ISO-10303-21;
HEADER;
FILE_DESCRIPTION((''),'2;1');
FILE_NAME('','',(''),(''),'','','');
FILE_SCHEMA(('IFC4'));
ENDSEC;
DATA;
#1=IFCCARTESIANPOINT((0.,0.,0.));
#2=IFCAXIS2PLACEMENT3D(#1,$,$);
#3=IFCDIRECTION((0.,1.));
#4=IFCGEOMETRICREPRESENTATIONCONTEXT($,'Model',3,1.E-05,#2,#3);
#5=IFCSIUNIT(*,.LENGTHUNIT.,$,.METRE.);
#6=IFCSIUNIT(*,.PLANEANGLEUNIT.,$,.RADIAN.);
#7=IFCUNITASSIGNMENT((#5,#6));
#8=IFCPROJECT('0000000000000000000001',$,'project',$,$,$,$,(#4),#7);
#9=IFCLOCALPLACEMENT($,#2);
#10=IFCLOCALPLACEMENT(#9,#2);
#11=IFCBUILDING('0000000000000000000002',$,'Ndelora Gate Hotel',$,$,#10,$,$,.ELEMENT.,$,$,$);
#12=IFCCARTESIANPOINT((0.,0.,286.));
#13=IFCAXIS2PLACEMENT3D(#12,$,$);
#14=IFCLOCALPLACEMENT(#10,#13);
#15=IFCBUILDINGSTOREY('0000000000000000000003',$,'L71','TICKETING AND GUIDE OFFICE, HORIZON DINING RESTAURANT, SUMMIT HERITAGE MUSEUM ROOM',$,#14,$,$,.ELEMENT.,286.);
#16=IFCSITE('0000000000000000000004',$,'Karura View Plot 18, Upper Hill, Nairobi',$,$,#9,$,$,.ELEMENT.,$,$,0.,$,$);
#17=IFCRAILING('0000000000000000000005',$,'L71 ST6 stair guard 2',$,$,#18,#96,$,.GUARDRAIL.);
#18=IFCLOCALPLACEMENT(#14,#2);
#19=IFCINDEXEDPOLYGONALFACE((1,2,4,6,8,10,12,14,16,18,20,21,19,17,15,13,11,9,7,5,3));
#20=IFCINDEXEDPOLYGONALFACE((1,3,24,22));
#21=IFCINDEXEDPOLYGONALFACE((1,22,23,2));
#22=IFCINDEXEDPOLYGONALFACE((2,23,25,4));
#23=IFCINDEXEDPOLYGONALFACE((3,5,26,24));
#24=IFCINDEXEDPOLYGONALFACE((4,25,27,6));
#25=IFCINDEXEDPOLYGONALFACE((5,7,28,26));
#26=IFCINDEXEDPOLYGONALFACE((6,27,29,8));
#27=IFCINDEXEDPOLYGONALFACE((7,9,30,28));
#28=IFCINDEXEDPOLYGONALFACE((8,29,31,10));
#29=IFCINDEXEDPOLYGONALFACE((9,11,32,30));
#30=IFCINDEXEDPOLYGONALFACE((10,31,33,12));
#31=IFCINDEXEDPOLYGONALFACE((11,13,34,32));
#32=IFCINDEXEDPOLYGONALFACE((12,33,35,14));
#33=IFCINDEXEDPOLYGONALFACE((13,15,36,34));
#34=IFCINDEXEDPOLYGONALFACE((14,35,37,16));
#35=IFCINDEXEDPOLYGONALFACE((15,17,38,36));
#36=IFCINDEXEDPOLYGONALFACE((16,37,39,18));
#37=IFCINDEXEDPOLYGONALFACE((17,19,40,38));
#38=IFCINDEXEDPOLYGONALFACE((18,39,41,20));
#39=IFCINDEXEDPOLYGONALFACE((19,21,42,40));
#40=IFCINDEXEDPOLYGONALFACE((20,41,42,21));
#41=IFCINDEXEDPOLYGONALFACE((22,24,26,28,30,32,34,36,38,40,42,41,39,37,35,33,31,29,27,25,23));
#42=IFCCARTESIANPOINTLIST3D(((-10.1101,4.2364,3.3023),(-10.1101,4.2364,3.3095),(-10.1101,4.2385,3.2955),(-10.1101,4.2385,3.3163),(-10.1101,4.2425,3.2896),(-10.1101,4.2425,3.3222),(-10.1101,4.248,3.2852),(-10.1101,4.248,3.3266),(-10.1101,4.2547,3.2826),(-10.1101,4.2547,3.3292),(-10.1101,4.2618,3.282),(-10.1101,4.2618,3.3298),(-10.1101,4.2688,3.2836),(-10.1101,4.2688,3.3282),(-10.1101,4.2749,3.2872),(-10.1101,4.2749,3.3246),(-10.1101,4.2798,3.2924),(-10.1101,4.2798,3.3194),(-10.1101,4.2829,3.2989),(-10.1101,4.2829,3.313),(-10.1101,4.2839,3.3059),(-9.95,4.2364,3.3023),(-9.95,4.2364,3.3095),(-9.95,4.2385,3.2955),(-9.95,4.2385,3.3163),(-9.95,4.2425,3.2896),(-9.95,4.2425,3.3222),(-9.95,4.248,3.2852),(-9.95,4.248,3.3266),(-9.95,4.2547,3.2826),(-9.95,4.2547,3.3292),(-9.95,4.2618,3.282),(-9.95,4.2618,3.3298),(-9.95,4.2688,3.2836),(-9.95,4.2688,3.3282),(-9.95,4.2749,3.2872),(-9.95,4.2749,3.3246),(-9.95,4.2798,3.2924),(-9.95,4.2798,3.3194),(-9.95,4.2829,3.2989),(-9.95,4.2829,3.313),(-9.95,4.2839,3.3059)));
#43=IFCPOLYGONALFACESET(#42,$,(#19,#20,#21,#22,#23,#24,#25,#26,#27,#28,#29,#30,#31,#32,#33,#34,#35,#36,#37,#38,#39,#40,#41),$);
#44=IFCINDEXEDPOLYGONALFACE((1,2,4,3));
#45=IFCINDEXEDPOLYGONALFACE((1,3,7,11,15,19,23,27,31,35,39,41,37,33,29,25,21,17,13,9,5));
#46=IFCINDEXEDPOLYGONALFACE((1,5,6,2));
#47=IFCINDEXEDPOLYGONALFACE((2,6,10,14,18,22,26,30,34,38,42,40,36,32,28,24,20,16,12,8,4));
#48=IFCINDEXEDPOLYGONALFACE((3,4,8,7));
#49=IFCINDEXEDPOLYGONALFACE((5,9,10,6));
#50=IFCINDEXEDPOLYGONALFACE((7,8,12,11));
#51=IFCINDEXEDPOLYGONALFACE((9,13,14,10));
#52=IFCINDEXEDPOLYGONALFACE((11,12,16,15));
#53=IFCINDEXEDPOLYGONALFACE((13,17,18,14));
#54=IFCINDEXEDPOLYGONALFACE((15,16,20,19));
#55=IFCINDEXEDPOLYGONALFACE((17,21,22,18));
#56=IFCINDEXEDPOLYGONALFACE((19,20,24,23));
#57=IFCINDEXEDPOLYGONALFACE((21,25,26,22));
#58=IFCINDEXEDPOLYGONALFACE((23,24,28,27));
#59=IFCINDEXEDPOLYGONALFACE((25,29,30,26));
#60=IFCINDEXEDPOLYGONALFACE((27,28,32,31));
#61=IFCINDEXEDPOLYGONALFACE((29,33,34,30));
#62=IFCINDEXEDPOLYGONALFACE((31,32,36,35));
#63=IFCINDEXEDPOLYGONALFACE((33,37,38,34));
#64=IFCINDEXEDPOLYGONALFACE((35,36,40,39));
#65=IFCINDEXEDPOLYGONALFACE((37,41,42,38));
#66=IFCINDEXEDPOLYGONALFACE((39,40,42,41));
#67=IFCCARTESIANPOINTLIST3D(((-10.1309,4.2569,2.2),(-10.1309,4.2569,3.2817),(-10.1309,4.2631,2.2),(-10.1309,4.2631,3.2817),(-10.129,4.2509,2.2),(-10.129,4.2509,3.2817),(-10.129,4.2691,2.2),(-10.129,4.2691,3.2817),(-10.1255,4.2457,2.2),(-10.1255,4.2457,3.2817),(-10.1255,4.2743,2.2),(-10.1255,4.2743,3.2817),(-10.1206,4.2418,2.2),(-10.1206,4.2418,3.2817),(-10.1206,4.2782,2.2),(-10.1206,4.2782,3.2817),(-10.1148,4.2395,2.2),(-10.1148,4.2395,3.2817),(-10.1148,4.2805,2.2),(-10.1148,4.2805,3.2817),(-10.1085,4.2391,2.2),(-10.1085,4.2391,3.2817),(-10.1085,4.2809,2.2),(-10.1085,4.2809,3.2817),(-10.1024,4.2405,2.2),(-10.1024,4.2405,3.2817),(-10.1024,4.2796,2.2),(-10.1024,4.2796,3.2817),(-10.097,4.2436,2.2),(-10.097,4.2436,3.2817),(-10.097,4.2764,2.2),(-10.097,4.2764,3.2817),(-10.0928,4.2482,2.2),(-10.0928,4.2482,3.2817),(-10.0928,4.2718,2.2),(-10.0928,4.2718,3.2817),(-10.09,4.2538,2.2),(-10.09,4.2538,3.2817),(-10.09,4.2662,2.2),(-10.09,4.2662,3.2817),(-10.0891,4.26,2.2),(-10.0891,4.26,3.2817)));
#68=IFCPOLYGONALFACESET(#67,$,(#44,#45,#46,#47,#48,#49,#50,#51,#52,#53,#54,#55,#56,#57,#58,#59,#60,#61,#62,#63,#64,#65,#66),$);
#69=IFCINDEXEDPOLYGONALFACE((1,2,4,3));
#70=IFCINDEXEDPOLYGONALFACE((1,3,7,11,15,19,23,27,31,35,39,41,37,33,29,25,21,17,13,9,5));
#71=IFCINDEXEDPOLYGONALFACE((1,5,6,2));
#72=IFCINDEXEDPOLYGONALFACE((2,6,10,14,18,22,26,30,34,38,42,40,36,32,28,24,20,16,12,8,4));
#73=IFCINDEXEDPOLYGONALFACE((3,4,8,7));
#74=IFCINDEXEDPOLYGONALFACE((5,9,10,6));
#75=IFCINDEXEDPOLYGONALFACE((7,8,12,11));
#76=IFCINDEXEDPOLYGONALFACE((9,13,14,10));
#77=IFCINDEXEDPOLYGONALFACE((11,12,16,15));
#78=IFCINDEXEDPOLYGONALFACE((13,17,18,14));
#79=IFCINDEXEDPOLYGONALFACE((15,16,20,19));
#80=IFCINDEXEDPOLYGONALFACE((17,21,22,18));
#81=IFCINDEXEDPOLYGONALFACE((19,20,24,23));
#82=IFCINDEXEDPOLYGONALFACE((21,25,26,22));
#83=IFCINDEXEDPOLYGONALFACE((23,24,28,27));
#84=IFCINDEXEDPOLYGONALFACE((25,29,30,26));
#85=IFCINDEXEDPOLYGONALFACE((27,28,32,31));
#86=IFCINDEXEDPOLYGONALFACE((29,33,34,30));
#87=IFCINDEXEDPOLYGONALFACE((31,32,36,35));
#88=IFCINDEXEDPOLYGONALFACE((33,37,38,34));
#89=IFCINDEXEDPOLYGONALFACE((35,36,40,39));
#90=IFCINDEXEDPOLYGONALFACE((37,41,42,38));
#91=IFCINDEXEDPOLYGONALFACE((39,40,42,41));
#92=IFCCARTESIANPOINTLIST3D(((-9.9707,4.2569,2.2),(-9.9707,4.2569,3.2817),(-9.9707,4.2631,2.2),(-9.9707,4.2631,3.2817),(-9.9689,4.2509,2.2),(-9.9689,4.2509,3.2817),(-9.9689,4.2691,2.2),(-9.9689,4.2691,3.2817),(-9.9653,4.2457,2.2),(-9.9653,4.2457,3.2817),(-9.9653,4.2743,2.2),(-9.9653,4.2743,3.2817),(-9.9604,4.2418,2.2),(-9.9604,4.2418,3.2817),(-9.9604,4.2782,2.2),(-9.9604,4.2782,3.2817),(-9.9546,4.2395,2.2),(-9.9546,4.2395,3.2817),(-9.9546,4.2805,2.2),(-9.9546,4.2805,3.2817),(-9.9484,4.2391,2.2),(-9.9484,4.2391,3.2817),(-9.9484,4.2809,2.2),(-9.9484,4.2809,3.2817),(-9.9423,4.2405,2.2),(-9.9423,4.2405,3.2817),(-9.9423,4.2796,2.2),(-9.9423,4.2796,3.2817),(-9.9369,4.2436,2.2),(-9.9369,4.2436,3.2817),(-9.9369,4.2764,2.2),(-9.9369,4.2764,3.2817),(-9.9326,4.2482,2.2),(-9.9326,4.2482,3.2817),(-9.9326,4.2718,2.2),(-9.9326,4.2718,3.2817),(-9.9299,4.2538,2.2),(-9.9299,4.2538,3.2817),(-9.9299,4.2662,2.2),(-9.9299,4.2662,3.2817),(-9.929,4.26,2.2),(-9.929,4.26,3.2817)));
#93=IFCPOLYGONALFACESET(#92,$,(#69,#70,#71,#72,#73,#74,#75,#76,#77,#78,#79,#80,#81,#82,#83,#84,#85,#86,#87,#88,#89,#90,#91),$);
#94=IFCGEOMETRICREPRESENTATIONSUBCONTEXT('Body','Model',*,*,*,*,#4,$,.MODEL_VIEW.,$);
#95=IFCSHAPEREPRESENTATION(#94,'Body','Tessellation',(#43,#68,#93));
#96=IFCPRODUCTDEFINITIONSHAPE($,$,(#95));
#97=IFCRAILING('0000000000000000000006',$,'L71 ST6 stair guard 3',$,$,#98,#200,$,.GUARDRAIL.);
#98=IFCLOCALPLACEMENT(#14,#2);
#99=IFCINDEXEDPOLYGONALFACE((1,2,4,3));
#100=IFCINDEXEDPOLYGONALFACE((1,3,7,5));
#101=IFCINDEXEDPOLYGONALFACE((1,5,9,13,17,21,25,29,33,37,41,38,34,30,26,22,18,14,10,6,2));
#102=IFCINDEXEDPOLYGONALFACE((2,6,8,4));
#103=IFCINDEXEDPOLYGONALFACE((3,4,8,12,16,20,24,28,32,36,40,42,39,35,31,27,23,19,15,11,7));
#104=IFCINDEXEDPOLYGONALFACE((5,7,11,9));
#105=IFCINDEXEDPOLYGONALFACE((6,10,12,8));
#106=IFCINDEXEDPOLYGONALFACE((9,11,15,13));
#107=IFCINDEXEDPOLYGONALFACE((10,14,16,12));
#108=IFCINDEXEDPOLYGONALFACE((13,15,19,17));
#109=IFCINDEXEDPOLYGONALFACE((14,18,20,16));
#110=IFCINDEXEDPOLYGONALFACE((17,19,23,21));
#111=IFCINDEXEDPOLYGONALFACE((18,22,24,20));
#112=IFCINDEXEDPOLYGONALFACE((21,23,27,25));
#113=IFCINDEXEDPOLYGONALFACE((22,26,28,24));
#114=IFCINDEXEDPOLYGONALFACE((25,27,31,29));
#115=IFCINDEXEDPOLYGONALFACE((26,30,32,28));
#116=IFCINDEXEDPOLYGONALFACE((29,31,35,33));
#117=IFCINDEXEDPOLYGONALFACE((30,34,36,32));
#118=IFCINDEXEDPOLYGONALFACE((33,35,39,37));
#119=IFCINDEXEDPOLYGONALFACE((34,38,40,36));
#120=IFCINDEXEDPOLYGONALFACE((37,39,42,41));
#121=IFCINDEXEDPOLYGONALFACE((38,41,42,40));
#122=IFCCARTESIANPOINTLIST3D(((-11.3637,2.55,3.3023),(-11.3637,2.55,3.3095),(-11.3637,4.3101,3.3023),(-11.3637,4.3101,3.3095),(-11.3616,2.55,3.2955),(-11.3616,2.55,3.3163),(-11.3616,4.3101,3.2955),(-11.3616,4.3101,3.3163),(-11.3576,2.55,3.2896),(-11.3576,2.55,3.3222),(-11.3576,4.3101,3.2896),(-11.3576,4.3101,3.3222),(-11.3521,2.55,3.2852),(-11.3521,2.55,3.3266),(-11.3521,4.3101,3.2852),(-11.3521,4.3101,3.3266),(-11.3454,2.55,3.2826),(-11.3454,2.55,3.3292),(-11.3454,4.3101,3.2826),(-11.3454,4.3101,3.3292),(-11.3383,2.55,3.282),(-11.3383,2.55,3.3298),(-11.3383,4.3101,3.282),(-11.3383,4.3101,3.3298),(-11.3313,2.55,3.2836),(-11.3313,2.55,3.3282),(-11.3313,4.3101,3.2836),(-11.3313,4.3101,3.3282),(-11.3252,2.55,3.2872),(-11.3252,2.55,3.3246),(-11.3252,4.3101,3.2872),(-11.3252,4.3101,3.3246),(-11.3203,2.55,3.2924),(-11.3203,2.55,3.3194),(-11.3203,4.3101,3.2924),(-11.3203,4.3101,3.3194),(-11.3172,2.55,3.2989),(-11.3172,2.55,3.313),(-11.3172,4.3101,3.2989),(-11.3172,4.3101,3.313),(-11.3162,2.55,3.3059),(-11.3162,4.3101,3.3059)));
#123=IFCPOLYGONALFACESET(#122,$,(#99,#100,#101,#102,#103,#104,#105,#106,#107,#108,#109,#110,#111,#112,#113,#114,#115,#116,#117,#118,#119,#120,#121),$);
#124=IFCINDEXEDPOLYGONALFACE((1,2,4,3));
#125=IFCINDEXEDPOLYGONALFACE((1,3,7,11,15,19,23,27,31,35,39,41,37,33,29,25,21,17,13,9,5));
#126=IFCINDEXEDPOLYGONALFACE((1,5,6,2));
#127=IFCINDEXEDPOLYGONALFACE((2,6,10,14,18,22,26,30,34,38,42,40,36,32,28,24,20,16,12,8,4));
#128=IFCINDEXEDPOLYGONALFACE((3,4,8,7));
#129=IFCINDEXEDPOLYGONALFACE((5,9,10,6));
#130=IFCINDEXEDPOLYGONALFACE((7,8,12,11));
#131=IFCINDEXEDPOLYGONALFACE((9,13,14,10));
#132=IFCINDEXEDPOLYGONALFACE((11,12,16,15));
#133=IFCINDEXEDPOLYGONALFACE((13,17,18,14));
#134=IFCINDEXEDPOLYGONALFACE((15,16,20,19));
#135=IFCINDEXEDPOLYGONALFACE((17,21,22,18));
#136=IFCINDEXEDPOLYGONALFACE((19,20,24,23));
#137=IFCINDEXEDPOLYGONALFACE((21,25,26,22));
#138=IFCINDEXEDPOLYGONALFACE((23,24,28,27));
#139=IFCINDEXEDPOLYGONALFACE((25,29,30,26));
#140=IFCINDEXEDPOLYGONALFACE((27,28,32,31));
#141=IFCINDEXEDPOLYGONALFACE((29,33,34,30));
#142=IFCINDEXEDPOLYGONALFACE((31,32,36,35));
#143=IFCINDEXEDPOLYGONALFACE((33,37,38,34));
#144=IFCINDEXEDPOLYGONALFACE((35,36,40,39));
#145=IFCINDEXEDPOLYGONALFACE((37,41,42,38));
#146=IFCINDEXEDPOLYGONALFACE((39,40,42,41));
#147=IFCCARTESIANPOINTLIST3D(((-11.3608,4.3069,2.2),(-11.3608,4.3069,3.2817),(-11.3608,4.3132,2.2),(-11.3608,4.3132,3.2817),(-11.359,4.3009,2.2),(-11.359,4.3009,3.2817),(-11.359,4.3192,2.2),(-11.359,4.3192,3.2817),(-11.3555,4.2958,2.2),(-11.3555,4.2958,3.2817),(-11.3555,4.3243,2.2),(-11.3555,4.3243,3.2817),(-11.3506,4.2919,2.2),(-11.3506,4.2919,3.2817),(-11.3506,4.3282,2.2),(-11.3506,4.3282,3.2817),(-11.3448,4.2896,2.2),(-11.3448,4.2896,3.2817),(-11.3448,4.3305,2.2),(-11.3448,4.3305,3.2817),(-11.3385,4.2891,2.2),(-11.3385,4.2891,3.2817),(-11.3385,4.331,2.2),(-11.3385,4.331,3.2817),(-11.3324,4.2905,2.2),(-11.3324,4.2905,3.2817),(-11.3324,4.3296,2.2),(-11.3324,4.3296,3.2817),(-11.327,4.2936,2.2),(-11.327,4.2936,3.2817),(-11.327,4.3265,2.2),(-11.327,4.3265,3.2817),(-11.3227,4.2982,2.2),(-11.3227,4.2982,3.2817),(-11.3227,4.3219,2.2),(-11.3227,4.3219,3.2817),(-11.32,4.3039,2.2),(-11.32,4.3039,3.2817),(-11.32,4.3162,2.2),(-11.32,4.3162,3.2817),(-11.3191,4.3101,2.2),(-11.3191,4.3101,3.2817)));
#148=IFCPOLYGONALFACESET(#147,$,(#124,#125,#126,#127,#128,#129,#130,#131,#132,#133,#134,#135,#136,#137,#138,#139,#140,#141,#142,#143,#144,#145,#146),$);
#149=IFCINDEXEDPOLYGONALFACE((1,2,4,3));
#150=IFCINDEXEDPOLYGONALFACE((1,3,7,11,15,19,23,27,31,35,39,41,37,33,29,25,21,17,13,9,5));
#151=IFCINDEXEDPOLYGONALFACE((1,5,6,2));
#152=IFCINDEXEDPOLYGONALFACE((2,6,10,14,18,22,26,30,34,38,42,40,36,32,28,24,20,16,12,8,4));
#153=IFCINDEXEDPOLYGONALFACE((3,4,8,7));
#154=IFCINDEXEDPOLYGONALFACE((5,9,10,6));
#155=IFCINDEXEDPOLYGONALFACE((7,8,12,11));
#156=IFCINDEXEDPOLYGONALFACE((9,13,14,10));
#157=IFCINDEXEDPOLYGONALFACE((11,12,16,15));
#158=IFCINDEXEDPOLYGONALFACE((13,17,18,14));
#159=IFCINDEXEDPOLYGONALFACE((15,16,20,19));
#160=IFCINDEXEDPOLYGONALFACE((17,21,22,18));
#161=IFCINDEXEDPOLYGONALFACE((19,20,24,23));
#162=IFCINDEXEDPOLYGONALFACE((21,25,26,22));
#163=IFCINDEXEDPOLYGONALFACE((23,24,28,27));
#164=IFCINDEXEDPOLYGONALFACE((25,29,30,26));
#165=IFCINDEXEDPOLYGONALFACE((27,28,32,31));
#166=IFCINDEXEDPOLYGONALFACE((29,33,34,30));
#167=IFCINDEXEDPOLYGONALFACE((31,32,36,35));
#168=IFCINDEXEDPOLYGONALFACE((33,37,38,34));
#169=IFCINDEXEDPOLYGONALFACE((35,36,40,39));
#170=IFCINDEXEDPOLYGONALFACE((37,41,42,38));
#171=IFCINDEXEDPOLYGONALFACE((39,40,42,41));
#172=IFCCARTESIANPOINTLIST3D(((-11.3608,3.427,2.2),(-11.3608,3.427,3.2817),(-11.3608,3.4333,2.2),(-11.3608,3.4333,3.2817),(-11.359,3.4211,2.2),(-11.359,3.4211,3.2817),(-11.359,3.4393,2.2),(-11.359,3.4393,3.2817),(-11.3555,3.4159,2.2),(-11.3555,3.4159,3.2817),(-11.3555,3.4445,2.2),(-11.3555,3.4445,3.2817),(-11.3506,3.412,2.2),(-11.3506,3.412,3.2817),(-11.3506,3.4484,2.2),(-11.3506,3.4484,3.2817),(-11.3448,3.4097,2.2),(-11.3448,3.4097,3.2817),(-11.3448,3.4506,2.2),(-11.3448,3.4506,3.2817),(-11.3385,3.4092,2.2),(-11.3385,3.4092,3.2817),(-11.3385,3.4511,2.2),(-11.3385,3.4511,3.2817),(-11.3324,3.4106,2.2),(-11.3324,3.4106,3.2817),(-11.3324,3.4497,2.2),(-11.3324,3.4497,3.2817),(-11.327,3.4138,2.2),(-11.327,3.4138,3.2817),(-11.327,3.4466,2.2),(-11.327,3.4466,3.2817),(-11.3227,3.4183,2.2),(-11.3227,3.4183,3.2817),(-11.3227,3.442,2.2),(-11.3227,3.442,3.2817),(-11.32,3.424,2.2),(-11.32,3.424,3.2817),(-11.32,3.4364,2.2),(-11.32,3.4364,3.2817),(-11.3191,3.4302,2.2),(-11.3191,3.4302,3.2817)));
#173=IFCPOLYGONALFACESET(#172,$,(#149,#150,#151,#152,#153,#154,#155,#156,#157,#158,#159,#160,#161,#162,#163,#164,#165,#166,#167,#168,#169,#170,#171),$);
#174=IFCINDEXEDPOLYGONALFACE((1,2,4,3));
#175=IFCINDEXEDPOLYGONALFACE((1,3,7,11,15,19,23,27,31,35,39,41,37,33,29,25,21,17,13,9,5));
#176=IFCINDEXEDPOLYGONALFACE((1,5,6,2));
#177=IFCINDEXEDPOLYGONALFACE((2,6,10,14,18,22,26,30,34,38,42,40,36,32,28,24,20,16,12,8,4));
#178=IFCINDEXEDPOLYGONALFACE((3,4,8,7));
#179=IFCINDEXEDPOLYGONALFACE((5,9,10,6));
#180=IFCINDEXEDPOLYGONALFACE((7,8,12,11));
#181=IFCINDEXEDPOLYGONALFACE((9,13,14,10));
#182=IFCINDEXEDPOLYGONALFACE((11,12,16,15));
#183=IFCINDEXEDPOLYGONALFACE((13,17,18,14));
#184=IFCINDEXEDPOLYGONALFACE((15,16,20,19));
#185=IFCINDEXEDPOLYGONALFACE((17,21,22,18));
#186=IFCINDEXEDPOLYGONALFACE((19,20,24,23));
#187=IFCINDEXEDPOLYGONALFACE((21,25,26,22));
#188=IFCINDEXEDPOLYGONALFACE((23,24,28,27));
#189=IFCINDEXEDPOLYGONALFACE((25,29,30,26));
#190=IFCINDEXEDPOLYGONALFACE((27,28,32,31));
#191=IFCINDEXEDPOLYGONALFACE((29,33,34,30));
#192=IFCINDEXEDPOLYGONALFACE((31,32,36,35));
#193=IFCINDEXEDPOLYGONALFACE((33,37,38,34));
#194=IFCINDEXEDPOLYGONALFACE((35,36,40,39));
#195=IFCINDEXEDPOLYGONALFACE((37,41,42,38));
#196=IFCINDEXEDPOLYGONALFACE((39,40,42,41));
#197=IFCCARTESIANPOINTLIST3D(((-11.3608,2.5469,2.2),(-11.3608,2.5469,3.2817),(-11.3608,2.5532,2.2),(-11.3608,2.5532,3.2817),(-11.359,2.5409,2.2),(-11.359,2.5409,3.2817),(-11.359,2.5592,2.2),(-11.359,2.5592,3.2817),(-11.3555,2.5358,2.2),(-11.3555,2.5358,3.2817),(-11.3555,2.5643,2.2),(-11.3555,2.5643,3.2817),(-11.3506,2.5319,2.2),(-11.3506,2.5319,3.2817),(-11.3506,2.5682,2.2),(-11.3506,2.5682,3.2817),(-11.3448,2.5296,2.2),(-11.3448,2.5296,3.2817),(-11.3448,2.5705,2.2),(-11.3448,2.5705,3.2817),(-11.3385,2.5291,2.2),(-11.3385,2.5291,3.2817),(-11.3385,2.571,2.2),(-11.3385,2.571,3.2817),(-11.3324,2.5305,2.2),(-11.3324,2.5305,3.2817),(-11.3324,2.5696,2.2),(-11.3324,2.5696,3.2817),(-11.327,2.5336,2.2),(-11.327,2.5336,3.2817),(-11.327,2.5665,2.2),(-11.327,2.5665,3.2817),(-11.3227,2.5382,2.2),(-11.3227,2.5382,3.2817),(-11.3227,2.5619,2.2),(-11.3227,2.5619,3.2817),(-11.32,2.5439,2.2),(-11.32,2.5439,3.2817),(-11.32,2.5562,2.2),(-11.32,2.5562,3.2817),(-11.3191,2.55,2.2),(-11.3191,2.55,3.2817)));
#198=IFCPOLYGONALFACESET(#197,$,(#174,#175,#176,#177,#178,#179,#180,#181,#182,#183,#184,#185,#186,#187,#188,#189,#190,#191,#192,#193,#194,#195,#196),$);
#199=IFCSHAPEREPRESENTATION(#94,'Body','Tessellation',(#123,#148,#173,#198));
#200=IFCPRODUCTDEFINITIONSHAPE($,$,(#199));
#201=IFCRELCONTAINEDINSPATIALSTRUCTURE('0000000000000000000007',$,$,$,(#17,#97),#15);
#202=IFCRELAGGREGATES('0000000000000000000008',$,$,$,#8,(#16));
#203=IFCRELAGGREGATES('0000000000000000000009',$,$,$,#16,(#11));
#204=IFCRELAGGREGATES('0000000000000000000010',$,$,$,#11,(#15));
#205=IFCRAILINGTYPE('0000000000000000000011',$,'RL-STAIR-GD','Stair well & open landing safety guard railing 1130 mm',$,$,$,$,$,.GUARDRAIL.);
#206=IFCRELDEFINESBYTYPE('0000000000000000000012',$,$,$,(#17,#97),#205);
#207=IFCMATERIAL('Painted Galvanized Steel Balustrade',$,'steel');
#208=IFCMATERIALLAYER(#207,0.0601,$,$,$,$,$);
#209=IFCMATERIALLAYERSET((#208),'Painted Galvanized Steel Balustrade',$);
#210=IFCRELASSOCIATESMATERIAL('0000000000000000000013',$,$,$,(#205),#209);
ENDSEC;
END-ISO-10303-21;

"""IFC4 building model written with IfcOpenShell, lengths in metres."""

from ifc_helpers import new_model, si_unit, direction, frame, origin, origin_2d, place, context, subcontext, project, spatial, circle, extrude, material, layer, layer_set, type_object, element, save


model = new_model("IFC4")

# Units and contexts
model_context = context("Model", 3, precision=1e-05, world=origin(), true_north=direction((0.0, 1.0)))
body_context = subcontext(model_context, "Body", "Model", "MODEL_VIEW")
ifc_project = project(units=[si_unit("LENGTHUNIT", "METRE"), si_unit("PLANEANGLEUNIT", "RADIAN")], contexts=[model_context])

# Site, building, storey
site_placement = place(None, origin())
site = spatial("IfcSite", under=ifc_project, at=site_placement, Name="Karura View Plot 18, Upper Hill, Nairobi", CompositionType="ELEMENT", RefElevation=0.0)
building_placement = place(site_placement, origin())
building = spatial("IfcBuilding", under=site, at=building_placement, Name="Ndelora Gate Hotel", CompositionType="ELEMENT")
storey_placement = place(building_placement, frame((0.0, 0.0, 286.0)))
storey = spatial("IfcBuildingStorey", under=building, at=storey_placement, Name="L71", Description="TICKETING AND GUIDE OFFICE, HORIZON DINING RESTAURANT, SUMMIT HERITAGE MUSEUM ROOM", CompositionType="ELEMENT", Elevation=286.0)

# Railings
ifc_material_1 = material(Name="Painted Galvanized Steel Balustrade", Category="steel")
ifc_layer_1 = layer(ifc_material_1, 0.0601)
ifc_layer_set_1 = layer_set([ifc_layer_1], Name="Painted Galvanized Steel Balustrade")
railing_type_1 = type_object("IfcRailingType", Name="RL-STAIR-GD", Description="Stair well & open landing safety guard railing 1130 mm", PredefinedType="GUARDRAIL", material=ifc_layer_set_1)
railing_1_placement = place(storey_placement, frame((-10.1101, 4.26, 2.2)))
element("IfcRailing", 1, at=railing_1_placement, inside=storey, type_object=railing_type_1, Name="L71 ST6 stair guard 2", PredefinedType="GUARDRAIL", context=body_context, shape_type="SweptSolid", body=[
    extrude(circle(Radius=0.0239, at=origin_2d()), frame((0.0, 0.0, 1.106), z_axis=(1.0, 0.0, 0.0), x_axis=(0.0, 1.0, 0.0)), (0.0, 0.0, 1.0), 0.1602),
    extrude(circle(Radius=0.021, at=origin_2d()), origin(), (0.0, 0.0, 1.0), 1.0818),
    extrude(circle(Radius=0.021, at=origin_2d()), frame((0.1602, 0.0, 0.0)), (0.0, 0.0, 1.0), 1.0818),
])
for number, where, name in (
    (2, (-11.3401, 4.3101, 2.2), "L71 ST6 stair guard 3"),
):
    element("IfcRailing", number, at=place(storey_placement, frame(where)), inside=storey, type_object=railing_type_1, Name=name, PredefinedType="GUARDRAIL", context=body_context, shape_type="SweptSolid", body=[
        extrude(circle(Radius=0.0239, at=origin_2d()), frame((0.0, 0.0, 1.106), z_axis=(0.0, -1.0, 0.0), x_axis=(1.0, 0.0, 0.0)), (0.0, 0.0, 1.0), 1.76),
        extrude(circle(Radius=0.021, at=origin_2d()), origin(), (0.0, 0.0, 1.0), 1.0818),
        extrude(circle(Radius=0.021, at=origin_2d()), frame((0.0, -0.8799, 0.0)), (0.0, 0.0, 1.0), 1.0818),
        extrude(circle(Radius=0.021, at=origin_2d()), frame((0.0, -1.76, 0.0)), (0.0, 0.0, 1.0), 1.0818),
    ])

save(model, "model.ifc")
